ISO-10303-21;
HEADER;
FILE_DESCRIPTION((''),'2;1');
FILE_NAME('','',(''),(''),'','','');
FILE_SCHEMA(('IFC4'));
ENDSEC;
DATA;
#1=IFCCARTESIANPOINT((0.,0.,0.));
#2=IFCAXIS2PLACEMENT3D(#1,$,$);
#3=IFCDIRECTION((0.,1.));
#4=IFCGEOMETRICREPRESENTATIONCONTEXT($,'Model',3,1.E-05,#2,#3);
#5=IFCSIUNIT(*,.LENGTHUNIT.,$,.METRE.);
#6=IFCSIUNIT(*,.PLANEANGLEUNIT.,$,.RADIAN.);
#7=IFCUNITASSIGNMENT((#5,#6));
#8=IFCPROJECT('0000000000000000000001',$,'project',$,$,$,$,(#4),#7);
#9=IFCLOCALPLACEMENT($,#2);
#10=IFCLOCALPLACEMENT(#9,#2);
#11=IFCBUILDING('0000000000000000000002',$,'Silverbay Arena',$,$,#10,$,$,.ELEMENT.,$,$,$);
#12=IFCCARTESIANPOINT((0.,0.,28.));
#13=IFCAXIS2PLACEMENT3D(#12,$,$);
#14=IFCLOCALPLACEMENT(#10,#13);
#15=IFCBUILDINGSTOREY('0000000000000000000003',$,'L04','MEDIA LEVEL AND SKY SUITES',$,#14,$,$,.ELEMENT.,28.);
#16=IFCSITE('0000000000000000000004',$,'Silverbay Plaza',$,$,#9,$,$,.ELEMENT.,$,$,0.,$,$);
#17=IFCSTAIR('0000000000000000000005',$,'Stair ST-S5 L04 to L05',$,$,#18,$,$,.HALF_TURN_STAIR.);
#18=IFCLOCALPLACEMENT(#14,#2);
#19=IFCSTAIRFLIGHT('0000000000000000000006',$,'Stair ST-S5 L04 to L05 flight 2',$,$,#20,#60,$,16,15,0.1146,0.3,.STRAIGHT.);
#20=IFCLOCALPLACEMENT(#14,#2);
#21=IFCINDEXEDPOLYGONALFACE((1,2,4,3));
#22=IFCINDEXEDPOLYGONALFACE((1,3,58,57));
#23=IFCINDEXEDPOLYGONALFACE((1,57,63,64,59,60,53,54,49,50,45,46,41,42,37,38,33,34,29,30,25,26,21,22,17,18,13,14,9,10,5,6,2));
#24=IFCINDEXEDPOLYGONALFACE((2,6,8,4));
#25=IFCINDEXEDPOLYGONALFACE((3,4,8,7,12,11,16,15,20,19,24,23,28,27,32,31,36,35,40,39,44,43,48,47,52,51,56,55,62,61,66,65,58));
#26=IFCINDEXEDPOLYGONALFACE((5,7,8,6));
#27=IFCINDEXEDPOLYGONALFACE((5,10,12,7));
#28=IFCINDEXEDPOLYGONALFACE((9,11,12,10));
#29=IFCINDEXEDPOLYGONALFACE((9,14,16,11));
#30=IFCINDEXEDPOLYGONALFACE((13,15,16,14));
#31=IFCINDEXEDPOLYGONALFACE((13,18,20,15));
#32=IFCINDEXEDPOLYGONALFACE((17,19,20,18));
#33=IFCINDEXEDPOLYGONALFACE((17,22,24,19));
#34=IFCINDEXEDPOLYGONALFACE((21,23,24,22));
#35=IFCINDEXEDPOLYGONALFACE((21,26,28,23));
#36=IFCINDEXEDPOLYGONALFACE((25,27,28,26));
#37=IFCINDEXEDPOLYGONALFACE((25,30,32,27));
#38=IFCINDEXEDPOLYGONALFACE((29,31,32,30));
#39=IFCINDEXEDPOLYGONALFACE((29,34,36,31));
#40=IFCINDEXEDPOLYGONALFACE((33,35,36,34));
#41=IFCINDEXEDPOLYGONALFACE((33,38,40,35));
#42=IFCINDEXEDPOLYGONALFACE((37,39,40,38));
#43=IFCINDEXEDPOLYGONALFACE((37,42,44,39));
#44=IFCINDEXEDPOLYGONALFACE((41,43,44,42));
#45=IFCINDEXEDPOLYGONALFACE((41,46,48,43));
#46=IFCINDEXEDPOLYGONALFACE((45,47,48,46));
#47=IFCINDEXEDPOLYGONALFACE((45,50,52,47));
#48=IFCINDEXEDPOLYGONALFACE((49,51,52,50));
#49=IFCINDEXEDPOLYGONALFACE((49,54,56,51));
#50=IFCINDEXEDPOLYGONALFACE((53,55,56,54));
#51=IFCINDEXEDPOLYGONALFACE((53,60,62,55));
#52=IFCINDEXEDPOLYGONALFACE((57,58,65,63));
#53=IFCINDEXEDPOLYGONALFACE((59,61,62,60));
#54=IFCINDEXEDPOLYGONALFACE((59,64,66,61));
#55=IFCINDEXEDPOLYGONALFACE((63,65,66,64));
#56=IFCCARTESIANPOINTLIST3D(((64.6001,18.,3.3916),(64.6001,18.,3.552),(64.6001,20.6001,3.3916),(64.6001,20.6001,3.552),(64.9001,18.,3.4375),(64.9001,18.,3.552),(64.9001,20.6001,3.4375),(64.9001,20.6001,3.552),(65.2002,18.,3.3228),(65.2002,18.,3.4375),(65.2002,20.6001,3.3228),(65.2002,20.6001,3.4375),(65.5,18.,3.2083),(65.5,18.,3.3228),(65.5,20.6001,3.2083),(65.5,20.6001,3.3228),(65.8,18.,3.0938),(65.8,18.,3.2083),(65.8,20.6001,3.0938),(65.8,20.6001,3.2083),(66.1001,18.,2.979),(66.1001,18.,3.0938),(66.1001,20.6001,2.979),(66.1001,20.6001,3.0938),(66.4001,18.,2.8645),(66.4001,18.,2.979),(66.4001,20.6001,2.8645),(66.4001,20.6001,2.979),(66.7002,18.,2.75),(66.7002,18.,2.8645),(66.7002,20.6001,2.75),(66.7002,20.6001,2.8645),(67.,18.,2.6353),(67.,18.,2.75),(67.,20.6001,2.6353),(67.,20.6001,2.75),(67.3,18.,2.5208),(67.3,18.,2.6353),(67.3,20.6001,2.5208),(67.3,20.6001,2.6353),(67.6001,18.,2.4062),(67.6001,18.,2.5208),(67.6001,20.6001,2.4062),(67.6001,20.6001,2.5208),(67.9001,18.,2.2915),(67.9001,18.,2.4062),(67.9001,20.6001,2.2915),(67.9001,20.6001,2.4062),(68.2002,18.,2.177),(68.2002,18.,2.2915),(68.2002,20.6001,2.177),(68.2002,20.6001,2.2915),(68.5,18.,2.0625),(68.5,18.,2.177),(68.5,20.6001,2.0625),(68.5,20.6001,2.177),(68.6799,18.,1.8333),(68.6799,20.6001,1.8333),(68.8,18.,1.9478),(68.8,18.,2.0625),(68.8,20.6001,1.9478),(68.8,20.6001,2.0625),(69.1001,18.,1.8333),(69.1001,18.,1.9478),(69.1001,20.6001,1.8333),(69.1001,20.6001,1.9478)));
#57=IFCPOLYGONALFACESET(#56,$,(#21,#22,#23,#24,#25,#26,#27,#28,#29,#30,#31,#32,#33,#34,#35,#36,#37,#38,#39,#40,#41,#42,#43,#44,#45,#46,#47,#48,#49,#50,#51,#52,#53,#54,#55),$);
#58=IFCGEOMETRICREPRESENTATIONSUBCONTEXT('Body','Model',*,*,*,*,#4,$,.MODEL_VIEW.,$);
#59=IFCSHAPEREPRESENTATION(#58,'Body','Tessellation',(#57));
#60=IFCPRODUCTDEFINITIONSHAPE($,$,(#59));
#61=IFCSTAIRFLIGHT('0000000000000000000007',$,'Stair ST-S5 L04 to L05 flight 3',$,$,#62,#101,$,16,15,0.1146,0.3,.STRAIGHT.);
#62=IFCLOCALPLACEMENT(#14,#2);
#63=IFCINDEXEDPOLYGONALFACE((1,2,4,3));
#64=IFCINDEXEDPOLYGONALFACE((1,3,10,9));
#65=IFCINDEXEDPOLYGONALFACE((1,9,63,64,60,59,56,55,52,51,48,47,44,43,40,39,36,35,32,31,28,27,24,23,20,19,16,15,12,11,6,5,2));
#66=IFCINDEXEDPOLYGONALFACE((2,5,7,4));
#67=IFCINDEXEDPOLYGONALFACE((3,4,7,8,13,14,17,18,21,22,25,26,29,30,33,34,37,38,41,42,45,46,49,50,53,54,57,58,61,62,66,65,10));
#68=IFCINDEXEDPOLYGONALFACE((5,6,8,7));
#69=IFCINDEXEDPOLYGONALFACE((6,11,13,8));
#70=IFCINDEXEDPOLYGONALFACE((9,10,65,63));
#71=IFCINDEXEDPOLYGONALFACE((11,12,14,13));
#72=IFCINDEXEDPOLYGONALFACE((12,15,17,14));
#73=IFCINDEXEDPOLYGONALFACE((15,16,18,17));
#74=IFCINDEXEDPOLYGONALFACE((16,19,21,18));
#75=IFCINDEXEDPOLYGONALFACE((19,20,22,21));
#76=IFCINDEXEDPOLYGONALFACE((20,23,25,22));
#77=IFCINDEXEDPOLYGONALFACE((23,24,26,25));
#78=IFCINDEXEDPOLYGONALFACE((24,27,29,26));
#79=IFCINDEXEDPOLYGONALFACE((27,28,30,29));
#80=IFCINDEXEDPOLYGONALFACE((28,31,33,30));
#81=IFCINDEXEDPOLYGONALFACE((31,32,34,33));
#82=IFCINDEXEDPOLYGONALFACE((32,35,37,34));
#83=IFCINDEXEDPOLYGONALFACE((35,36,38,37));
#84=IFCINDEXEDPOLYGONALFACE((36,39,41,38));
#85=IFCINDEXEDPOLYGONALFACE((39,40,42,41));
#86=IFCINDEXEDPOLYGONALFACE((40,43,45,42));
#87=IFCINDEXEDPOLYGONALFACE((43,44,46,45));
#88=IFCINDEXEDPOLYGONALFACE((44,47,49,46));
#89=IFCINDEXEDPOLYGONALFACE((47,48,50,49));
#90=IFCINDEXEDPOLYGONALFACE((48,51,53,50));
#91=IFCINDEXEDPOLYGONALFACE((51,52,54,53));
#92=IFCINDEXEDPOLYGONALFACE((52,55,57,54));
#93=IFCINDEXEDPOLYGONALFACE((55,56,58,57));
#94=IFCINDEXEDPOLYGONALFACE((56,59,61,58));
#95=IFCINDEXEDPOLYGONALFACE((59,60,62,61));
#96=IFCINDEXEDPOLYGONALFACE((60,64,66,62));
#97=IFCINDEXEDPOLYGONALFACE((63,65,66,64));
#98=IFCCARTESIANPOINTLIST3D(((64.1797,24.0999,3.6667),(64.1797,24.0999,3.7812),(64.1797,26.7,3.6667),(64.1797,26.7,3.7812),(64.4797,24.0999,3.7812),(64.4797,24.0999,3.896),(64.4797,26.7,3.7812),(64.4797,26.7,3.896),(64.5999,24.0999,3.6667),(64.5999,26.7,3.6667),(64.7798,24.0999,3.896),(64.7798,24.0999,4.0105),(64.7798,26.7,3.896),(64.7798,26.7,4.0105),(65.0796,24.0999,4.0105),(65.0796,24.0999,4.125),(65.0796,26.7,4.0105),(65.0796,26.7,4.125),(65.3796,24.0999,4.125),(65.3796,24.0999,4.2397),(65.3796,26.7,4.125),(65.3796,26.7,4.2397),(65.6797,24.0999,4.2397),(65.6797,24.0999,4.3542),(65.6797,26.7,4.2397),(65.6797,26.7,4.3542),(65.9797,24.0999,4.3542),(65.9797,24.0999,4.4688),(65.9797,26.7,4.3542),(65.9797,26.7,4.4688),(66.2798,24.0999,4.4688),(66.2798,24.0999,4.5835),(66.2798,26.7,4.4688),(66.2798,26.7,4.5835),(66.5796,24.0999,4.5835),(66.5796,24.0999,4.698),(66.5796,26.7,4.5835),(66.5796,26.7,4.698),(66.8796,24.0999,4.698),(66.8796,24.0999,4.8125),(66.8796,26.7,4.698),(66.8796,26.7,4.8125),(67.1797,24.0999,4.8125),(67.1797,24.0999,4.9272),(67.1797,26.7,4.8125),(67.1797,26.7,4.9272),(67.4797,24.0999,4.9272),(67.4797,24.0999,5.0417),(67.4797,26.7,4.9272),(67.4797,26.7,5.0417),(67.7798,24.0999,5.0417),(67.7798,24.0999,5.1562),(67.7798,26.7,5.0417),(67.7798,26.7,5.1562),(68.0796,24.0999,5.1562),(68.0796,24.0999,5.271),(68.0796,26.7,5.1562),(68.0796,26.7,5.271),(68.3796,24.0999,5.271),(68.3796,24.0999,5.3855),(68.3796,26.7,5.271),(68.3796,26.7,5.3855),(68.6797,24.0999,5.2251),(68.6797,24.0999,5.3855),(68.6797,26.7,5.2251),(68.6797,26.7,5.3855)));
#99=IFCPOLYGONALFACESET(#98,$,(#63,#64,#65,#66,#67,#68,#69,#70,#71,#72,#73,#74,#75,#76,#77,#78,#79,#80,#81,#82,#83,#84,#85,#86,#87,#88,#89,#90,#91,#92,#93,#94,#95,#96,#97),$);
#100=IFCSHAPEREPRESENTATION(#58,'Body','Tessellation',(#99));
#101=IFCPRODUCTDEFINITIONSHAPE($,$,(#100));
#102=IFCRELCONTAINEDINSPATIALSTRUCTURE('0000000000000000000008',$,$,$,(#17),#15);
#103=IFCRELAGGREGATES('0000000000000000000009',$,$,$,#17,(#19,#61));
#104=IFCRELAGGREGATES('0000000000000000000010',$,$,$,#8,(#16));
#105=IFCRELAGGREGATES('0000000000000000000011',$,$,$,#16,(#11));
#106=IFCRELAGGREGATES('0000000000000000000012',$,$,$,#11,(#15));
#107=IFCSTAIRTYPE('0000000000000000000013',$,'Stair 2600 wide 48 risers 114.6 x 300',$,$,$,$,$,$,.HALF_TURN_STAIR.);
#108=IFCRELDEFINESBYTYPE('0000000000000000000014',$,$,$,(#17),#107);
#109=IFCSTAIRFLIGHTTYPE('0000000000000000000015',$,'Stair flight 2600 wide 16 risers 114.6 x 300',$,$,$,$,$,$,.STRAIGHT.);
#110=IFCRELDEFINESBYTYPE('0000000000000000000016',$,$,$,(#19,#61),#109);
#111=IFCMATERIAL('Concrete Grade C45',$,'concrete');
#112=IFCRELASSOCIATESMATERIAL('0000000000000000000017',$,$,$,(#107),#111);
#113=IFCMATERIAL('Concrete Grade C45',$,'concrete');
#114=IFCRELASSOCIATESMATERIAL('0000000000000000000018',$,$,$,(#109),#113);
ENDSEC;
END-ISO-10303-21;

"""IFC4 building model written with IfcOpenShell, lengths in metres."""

from ifc_helpers import new_model, si_unit, direction, frame, origin, place, context, subcontext, project, spatial, polyline, outline, extrude, material, type_object, element, aggregate, save


model = new_model("IFC4")

# Units and contexts
model_context = context("Model", 3, precision=1e-05, world=origin(), true_north=direction((0.0, 1.0)))
body_context = subcontext(model_context, "Body", "Model", "MODEL_VIEW")
ifc_project = project(units=[si_unit("LENGTHUNIT", "METRE"), si_unit("PLANEANGLEUNIT", "RADIAN")], contexts=[model_context])

# Site, building, storey
site_placement = place(None, origin())
site = spatial("IfcSite", under=ifc_project, at=site_placement, Name="Silverbay Plaza", CompositionType="ELEMENT", RefElevation=0.0)
building_placement = place(site_placement, origin())
building = spatial("IfcBuilding", under=site, at=building_placement, Name="Silverbay Arena", CompositionType="ELEMENT")
storey_placement = place(building_placement, frame((0.0, 0.0, 28.0)))
storey = spatial("IfcBuildingStorey", under=building, at=storey_placement, Name="L04", Description="MEDIA LEVEL AND SKY SUITES", CompositionType="ELEMENT", Elevation=28.0)

# Stair, stair flights
ifc_material_1 = material(Name="Concrete Grade C45", Category="concrete")
stair_type = type_object("IfcStairType", Name="Stair 2600 wide 48 risers 114.6 x 300", PredefinedType="HALF_TURN_STAIR", material=ifc_material_1)
stair_placement = place(storey_placement, origin())
stair = element("IfcStair", 1, at=stair_placement, inside=storey, type_object=stair_type, Name="Stair ST-S5 L04 to L05", PredefinedType="HALF_TURN_STAIR")
ifc_material_2 = material(Name="Concrete Grade C45", Category="concrete")
stair_flight_type = type_object("IfcStairFlightType", Name="Stair flight 2600 wide 16 risers 114.6 x 300", PredefinedType="STRAIGHT", material=ifc_material_2)
stair_flight_1_placement = place(storey_placement, frame((69.1001, 19.3, 1.8333), z_axis=(0.0, 0.0, 1.0), x_axis=(-1.0, 0.0, 0.0)))
stair_flight_1 = element("IfcStairFlight", 2, at=stair_flight_1_placement, type_object=stair_flight_type, Name="Stair ST-S5 L04 to L05 flight 2", NumberOfRisers=16, NumberOfTreads=15, PredefinedType="STRAIGHT", RiserHeight=0.1146, TreadLength=0.3, context=body_context, shape_type="SweptSolid", body=[
    extrude(outline(polyline([(0.0, 0.0), (0.0, 0.1145), (0.3, 0.1145), (0.3, 0.2292), (0.6001, 0.2292), (0.6001, 0.3438), (0.8999, 0.3438), (0.8999, 0.4583), (1.2, 0.4583), (1.2, 0.573), (1.5, 0.573), (1.5, 0.6875), (1.8, 0.6875), (1.8, 0.802), (2.1001, 0.802), (2.1001, 0.9167), (2.3999, 0.9167), (2.3999, 1.0312), (2.7, 1.0312), (2.7, 1.1458), (3.0, 1.1458), (3.0, 1.2605), (3.3, 1.2605), (3.3, 1.375), (3.6001, 1.375), (3.6001, 1.4895), (3.8999, 1.4895), (3.8999, 1.6042), (4.2, 1.6042), (4.2, 1.7188), (4.5, 1.7188), (4.5, 1.5583), (0.4202, 0.0), (0.0, 0.0)])), frame((0.0, 1.3, 0.0), z_axis=(0.0, -1.0, 0.0), x_axis=(1.0, 0.0, 0.0)), (0.0, 0.0, 1.0), 2.6001),
])
stair_flight_2_placement = place(storey_placement, frame((64.1797, 25.3999, 3.6667), z_axis=(0.0, 0.0, 1.0), x_axis=(1.0, 0.0, 0.0)))
stair_flight_2 = element("IfcStairFlight", 3, at=stair_flight_2_placement, type_object=stair_flight_type, Name="Stair ST-S5 L04 to L05 flight 3", NumberOfRisers=16, NumberOfTreads=15, PredefinedType="STRAIGHT", RiserHeight=0.1146, TreadLength=0.3, context=body_context, shape_type="SweptSolid", body=[
    extrude(outline(polyline([(0.0, 0.0), (0.0, 0.1145), (0.3, 0.1145), (0.3, 0.2292), (0.6001, 0.2292), (0.6001, 0.3438), (0.8999, 0.3438), (0.8999, 0.4583), (1.2, 0.4583), (1.2, 0.573), (1.5, 0.573), (1.5, 0.6875), (1.8, 0.6875), (1.8, 0.802), (2.1001, 0.802), (2.1001, 0.9167), (2.3999, 0.9167), (2.3999, 1.0312), (2.7, 1.0312), (2.7, 1.1458), (3.0, 1.1458), (3.0, 1.2605), (3.3, 1.2605), (3.3, 1.375), (3.6001, 1.375), (3.6001, 1.4895), (3.8999, 1.4895), (3.8999, 1.6042), (4.2, 1.6042), (4.2, 1.7188), (4.5, 1.7188), (4.5, 1.5583), (0.4202, 0.0), (0.0, 0.0)])), frame((0.0, 1.3, 0.0), z_axis=(0.0, -1.0, 0.0), x_axis=(1.0, 0.0, 0.0)), (0.0, 0.0, 1.0), 2.6001),
])
aggregate(stair, [stair_flight_1, stair_flight_2])

save(model, "model.ifc")
